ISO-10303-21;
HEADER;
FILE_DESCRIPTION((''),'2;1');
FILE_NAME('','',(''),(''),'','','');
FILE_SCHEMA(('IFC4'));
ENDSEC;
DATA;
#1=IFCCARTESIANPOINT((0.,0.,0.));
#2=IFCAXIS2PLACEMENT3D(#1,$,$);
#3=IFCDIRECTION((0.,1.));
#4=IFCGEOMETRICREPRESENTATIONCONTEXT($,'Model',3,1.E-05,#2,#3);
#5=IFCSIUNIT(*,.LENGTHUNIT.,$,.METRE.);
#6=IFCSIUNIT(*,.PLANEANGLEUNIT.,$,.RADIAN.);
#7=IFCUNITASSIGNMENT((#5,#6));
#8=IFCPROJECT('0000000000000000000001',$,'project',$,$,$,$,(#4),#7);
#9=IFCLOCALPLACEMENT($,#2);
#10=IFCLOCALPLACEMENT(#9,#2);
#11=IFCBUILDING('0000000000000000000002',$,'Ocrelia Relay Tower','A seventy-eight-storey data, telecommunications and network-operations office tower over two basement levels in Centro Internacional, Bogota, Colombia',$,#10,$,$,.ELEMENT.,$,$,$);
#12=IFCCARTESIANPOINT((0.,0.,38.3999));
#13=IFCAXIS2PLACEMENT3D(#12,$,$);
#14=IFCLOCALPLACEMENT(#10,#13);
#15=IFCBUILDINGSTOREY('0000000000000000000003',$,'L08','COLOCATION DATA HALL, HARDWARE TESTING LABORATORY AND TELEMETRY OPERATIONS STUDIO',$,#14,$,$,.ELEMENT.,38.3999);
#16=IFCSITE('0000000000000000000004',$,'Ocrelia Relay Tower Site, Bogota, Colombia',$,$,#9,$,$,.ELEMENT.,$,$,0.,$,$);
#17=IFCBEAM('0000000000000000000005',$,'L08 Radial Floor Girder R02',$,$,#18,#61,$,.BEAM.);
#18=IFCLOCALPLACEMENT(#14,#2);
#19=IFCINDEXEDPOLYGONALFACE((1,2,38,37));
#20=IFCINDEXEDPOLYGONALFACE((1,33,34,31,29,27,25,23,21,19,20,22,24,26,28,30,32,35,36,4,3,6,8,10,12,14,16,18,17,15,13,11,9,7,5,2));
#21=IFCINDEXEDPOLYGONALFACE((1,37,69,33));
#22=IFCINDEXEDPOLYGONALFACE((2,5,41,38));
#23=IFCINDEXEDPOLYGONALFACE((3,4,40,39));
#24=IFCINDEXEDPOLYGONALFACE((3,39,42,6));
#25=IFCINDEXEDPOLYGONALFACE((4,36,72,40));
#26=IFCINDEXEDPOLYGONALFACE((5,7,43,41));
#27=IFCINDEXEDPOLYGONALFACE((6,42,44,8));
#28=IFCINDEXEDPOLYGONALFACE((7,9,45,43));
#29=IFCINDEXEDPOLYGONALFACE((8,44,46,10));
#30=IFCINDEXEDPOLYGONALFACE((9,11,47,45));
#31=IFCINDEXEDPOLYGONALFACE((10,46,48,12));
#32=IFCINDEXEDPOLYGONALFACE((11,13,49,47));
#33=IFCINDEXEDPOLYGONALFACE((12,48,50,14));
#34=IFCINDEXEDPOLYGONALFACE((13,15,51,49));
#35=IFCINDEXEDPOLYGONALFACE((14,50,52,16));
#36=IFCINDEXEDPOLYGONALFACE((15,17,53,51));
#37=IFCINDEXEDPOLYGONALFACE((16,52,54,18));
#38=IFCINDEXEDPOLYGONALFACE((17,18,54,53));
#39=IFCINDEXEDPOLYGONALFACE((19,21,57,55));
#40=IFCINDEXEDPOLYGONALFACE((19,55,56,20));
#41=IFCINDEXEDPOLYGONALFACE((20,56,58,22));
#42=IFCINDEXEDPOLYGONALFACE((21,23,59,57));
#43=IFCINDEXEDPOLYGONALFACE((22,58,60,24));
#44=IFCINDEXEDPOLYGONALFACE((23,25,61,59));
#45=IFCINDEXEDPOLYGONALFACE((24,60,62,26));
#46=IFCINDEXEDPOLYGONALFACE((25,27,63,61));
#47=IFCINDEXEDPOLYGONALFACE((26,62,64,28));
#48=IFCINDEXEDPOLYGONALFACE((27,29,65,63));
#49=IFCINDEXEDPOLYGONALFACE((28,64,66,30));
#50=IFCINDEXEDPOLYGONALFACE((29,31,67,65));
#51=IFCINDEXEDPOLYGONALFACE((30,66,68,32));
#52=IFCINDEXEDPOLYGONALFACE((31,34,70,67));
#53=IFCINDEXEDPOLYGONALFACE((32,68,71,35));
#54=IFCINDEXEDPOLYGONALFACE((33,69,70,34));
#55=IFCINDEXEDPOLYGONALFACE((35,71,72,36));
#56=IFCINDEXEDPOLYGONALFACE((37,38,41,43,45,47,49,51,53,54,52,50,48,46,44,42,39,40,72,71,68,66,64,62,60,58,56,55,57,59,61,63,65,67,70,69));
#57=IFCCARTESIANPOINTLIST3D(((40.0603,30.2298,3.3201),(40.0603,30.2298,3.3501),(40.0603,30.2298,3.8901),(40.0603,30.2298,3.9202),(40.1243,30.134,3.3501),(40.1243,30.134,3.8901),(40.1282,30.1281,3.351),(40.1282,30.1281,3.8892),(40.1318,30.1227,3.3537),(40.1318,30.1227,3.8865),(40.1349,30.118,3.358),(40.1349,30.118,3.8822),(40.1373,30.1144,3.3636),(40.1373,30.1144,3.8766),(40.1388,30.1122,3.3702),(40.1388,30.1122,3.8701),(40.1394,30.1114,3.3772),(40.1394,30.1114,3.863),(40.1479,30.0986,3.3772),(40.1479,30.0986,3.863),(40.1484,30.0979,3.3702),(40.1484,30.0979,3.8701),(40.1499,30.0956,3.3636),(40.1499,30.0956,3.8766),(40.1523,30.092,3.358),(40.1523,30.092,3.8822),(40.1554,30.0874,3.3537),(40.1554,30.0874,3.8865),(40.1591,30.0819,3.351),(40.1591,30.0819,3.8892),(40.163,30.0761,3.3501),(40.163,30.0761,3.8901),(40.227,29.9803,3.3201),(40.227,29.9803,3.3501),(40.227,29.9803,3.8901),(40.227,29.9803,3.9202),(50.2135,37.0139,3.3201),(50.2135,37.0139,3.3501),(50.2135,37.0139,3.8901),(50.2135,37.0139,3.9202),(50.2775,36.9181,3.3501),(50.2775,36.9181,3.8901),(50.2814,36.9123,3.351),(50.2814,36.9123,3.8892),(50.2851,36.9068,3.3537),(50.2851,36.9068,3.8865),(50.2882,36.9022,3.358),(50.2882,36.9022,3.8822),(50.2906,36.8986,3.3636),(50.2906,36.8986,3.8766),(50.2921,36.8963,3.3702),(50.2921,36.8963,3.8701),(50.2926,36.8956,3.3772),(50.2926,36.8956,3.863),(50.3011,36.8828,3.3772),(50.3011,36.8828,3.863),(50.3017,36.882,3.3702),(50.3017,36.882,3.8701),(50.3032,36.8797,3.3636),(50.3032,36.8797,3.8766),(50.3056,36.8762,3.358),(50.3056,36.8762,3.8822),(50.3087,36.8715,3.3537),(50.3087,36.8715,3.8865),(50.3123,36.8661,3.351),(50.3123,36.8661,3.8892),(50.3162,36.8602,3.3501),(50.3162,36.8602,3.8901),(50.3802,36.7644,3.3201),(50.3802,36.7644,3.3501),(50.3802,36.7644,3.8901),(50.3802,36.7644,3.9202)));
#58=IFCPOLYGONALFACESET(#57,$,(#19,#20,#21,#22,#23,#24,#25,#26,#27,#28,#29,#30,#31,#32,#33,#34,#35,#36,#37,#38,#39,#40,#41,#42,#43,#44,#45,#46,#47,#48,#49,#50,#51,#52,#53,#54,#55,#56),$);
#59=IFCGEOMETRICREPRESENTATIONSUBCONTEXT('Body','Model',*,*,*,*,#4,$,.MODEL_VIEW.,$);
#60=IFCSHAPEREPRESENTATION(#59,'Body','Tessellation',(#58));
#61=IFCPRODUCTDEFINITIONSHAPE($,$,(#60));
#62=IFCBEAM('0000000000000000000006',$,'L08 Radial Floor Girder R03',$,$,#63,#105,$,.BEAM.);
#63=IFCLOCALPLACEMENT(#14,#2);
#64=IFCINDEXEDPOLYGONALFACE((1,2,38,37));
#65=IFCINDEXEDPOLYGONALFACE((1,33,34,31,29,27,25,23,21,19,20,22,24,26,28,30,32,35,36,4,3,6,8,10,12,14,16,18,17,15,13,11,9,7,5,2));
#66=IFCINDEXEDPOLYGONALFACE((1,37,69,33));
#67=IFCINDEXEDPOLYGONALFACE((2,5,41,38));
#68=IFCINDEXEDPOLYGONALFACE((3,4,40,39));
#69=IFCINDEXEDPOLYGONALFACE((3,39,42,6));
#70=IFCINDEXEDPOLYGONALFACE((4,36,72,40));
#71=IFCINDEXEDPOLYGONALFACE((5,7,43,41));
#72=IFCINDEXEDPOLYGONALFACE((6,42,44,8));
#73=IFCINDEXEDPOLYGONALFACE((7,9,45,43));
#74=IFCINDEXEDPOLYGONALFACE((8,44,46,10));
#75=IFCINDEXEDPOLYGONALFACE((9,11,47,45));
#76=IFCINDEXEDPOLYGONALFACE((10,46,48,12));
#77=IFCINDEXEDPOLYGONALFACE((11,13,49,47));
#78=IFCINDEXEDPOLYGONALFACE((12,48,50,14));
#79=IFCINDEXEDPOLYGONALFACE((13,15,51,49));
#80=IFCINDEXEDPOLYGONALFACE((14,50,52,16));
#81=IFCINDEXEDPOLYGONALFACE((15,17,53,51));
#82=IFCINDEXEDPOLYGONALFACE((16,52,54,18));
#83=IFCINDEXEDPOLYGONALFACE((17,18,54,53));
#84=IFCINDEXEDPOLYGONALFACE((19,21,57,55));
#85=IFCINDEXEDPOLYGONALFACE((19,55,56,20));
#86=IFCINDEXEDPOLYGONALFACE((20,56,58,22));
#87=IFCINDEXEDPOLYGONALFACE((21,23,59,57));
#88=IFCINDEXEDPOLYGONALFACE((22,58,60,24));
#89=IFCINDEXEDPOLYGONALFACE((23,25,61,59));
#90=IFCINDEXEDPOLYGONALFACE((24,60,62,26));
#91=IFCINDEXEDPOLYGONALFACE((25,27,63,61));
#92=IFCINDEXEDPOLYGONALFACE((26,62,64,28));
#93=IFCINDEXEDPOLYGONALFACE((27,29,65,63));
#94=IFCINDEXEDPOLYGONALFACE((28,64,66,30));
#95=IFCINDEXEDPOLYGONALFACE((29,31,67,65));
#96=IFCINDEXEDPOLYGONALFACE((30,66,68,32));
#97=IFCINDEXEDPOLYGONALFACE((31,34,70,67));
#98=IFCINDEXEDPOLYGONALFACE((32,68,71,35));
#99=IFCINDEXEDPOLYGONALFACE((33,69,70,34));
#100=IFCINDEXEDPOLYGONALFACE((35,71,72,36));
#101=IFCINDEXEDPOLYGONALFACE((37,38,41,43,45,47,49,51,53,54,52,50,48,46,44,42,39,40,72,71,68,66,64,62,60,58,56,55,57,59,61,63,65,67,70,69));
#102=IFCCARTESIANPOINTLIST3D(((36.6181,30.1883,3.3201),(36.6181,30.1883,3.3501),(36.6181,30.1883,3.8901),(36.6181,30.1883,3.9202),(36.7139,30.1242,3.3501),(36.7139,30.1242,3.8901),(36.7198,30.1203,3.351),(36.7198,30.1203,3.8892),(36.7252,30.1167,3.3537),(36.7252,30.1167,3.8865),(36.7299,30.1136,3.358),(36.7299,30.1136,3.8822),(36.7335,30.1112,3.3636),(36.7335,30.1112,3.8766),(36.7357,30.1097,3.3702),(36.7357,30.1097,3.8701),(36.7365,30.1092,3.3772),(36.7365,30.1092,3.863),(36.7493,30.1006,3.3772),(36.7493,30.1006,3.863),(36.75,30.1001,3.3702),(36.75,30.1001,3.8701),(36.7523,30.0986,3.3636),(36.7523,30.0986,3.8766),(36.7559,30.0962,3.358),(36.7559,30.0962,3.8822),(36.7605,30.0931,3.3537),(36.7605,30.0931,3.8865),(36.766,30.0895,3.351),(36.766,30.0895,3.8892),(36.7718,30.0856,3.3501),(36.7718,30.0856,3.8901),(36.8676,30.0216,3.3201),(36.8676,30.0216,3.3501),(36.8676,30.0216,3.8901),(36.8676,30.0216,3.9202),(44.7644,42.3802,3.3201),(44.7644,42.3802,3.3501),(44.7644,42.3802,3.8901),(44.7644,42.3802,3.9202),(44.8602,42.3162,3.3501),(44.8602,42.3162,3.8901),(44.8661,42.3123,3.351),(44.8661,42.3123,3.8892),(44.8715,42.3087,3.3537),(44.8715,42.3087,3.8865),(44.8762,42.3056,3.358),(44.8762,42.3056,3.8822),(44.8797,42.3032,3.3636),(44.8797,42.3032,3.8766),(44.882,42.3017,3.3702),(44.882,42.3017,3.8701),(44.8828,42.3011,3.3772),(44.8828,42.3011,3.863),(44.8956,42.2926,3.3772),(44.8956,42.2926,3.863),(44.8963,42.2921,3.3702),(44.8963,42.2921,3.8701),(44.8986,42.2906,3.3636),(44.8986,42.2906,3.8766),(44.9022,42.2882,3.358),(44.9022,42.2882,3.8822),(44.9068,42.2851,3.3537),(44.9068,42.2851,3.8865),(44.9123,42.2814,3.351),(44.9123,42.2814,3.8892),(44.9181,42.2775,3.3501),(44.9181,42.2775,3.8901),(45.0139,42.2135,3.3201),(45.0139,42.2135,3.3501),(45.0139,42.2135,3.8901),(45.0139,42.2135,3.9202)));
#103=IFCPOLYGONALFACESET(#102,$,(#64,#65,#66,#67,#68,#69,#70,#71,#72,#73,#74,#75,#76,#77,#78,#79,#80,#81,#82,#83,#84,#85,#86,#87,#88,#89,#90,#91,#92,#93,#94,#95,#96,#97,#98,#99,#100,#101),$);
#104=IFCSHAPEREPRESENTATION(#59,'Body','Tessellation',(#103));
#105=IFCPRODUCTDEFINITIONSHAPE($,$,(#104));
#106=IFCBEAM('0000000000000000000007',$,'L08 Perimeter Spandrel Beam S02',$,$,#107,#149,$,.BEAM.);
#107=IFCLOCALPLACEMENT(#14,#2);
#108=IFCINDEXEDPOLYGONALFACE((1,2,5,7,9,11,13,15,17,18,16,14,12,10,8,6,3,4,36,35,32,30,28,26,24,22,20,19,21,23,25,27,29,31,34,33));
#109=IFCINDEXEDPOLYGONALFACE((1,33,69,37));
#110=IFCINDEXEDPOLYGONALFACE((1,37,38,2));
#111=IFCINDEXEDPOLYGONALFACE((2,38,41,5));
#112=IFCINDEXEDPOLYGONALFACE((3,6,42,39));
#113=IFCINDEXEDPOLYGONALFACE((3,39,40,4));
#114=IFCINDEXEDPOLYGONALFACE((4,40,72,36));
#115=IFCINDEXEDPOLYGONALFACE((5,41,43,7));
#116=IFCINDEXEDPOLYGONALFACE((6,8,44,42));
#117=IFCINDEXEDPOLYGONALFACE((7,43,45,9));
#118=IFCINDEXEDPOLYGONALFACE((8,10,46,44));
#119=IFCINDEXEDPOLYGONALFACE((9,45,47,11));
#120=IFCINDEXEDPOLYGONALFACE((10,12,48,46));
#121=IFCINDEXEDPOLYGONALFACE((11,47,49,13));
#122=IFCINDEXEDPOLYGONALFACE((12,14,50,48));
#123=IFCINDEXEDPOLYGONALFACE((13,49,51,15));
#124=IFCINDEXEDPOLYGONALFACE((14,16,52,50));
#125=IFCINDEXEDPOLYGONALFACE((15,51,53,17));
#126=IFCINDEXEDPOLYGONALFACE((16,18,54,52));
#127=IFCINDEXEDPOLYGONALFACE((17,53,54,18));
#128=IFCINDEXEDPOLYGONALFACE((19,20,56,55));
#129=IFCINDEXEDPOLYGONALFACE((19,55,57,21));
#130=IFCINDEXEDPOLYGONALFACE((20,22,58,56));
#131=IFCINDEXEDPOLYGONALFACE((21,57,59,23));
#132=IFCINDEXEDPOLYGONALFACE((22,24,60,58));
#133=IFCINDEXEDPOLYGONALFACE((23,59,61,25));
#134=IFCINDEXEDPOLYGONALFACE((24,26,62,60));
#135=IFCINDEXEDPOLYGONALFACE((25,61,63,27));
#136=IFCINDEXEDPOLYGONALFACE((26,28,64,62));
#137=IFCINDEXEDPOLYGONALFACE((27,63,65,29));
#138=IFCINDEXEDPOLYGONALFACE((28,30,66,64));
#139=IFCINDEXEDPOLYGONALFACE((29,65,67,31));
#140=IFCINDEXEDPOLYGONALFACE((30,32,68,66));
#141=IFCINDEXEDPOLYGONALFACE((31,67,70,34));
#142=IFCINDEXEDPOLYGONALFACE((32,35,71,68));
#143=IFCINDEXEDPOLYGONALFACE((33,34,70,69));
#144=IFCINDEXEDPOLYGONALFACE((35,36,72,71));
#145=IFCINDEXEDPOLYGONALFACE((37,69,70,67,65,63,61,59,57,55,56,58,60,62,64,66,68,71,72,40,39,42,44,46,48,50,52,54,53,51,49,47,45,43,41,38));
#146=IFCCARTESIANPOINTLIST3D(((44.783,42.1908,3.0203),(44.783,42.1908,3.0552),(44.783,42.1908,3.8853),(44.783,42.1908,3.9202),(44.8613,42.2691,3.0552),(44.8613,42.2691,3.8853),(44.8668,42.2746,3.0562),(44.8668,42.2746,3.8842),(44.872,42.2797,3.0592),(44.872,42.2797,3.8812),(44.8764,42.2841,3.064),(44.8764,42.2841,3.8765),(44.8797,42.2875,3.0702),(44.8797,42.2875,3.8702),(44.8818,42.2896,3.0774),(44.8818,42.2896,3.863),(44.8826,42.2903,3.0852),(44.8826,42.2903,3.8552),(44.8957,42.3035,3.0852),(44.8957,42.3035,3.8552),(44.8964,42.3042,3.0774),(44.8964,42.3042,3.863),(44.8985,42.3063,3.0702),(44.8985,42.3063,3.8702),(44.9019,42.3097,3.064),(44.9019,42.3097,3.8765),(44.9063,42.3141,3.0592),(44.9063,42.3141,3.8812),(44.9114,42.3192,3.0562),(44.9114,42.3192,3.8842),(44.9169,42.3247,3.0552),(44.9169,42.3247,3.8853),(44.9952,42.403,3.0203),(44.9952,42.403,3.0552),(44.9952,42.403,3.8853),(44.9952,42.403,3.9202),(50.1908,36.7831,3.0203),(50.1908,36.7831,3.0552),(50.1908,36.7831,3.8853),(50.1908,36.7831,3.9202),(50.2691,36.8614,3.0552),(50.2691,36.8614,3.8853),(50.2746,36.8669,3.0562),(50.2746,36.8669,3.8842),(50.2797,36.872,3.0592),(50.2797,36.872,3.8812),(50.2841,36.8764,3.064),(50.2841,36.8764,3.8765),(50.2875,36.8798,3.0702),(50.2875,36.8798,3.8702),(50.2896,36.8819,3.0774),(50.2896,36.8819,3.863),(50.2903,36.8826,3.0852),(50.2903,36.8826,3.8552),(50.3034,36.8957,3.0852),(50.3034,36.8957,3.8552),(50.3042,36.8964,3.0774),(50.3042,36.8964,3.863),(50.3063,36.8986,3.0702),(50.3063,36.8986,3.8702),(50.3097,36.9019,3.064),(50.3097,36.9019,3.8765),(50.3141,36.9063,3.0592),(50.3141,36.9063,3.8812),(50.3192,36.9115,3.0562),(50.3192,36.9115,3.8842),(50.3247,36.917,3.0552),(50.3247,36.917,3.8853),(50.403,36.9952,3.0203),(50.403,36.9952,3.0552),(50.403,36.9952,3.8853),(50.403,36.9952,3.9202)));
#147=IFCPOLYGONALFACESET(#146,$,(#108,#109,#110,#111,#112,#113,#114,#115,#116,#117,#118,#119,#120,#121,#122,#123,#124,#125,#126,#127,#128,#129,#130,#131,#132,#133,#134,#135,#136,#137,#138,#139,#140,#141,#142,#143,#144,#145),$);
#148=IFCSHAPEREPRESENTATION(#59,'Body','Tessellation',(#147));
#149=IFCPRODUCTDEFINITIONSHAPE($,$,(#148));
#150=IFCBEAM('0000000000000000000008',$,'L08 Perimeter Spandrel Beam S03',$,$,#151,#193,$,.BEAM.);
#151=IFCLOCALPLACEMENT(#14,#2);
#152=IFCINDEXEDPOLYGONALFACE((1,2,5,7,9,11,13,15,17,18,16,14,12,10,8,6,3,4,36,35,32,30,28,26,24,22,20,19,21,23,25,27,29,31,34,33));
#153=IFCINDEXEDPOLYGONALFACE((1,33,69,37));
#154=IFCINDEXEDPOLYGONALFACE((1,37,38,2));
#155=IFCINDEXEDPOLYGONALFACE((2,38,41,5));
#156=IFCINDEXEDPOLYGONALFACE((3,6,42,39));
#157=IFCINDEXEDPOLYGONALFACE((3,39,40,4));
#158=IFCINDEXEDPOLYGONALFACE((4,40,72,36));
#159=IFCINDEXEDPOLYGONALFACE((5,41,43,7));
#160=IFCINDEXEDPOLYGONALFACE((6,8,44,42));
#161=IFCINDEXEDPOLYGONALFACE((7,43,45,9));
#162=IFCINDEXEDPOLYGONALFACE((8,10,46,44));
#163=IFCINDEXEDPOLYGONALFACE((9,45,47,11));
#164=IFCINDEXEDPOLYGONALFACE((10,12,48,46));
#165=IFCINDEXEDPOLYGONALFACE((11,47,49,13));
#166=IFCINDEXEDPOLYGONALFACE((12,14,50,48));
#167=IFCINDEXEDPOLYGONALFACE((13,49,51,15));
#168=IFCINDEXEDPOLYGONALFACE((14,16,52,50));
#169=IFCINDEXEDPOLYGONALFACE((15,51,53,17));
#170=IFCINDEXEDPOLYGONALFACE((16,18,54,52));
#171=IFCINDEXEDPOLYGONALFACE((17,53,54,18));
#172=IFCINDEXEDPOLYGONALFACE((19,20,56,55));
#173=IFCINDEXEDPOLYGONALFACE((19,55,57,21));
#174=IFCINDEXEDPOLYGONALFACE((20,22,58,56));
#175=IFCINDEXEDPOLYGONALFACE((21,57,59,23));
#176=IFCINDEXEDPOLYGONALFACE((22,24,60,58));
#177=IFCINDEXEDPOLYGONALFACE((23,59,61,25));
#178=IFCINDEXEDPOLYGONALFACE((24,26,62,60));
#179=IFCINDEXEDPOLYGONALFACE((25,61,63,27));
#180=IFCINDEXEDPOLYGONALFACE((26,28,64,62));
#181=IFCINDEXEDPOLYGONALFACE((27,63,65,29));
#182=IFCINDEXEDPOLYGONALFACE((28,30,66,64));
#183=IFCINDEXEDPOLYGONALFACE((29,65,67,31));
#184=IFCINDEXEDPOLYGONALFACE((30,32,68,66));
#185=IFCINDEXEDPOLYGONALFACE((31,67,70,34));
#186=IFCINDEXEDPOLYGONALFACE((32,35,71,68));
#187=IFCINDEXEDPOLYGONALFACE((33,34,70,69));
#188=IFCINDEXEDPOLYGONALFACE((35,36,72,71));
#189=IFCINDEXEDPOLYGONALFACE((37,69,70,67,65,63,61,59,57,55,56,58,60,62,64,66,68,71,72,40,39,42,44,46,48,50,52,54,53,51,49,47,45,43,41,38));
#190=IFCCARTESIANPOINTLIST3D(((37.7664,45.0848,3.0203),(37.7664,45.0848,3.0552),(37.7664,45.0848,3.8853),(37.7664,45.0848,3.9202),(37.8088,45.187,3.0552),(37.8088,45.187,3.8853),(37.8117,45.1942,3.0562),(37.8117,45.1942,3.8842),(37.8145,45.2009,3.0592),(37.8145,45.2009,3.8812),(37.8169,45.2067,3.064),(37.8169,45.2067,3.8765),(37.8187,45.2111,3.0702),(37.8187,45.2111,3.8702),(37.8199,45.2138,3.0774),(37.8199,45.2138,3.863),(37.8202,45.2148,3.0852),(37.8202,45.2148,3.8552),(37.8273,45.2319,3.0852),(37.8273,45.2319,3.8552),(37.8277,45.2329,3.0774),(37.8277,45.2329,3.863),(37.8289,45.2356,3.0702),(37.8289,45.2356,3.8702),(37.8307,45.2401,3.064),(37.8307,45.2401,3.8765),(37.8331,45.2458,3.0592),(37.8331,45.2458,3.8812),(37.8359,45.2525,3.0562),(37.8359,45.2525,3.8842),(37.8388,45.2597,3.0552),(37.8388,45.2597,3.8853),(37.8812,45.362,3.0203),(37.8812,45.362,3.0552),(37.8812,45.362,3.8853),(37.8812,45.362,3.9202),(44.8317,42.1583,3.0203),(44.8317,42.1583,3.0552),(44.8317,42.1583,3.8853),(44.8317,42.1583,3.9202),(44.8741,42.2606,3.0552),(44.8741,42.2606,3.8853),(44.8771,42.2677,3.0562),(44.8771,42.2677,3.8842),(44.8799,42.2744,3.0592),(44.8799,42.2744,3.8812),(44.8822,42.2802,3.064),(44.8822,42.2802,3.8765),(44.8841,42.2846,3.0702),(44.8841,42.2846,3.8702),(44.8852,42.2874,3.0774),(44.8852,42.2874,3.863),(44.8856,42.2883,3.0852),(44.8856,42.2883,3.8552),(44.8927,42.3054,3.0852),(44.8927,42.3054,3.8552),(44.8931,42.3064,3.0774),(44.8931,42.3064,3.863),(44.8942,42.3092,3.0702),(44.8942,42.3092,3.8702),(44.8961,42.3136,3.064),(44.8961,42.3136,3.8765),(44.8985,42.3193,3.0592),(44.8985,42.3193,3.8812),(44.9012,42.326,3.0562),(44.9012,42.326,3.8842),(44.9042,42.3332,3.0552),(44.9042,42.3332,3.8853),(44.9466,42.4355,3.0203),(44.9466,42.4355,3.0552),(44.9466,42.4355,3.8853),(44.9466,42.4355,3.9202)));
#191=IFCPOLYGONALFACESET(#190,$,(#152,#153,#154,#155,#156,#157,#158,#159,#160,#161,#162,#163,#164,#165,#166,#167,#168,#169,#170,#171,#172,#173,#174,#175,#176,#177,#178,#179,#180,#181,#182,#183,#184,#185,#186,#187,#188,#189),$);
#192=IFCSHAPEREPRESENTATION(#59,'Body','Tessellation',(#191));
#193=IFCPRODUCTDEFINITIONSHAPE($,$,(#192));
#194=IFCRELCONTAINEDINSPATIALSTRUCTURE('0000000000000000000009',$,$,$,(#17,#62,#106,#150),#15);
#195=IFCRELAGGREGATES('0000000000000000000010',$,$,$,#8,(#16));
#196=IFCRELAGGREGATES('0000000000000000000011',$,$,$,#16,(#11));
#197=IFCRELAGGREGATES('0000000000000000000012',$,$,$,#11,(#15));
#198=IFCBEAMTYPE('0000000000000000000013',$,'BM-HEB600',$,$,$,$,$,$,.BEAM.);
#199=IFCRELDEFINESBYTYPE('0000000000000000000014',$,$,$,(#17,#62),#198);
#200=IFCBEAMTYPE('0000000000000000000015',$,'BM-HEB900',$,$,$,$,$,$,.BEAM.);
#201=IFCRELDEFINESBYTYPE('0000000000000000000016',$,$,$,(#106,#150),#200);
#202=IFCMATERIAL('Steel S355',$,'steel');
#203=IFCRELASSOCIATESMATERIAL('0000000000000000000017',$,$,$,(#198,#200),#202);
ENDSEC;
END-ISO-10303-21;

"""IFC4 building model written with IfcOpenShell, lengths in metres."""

from ifc_helpers import new_model, si_unit, direction, frame, origin, origin_2d, place, context, subcontext, project, spatial, i_section, extrude, material, material_profile, profile_set, type_object, element, save


model = new_model("IFC4")

# Units and contexts
model_context = context("Model", 3, precision=1e-05, world=origin(), true_north=direction((0.0, 1.0)))
body_context = subcontext(model_context, "Body", "Model", "MODEL_VIEW")
ifc_project = project(units=[si_unit("LENGTHUNIT", "METRE"), si_unit("PLANEANGLEUNIT", "RADIAN")], contexts=[model_context])

# Site, building, storey
site_placement = place(None, origin())
site = spatial("IfcSite", under=ifc_project, at=site_placement, Name="Ocrelia Relay Tower Site, Bogota, Colombia", CompositionType="ELEMENT", RefElevation=0.0)
building_placement = place(site_placement, origin())
building = spatial("IfcBuilding", under=site, at=building_placement, Name="Ocrelia Relay Tower", Description="A seventy-eight-storey data, telecommunications and network-operations office tower over two basement levels in Centro Internacional, Bogota, Colombia", CompositionType="ELEMENT")
storey_placement = place(building_placement, frame((0.0, 0.0, 38.3999)))
storey = spatial("IfcBuildingStorey", under=building, at=storey_placement, Name="L08", Description="COLOCATION DATA HALL, HARDWARE TESTING LABORATORY AND TELEMETRY OPERATIONS STUDIO", CompositionType="ELEMENT", Elevation=38.3999)

# Beams
ifc_material_1 = material(Name="Steel S355", Category="steel")
ifc_material_profile_1 = material_profile(ifc_material_1, i_section(OverallWidth=0.3, OverallDepth=0.6001, WebThickness=0.0154, FlangeThickness=0.03, FilletRadius=0.0271, at=origin_2d()), Name="HEB 600")
ifc_profile_set_1 = profile_set([ifc_material_profile_1], Name="Steel S355")
beam_type_1 = type_object("IfcBeamType", Name="BM-HEB600", PredefinedType="BEAM", material=ifc_profile_set_1)
beam_1_placement = place(storey_placement, frame((50.2969, 36.8892, 3.6201), z_axis=(-0.831472, -0.555567, 0.0), x_axis=(0.555567, -0.831472, 0.0)))
element("IfcBeam", 1, at=beam_1_placement, inside=storey, type_object=beam_type_1, Name="L08 Radial Floor Girder R02", PredefinedType="BEAM", context=body_context, shape_type="SweptSolid", body=[
    extrude(i_section(OverallWidth=0.3, OverallDepth=0.6001, WebThickness=0.0154, FlangeThickness=0.03, FilletRadius=0.0271, at=origin_2d()), origin(), (0.0, 0.0, 1.0), 12.2112),
])
beam_2_placement = place(storey_placement, frame((44.8892, 42.2969, 3.6201), z_axis=(-0.555564, -0.831473, 0.0), x_axis=(0.831473, -0.555564, 0.0)))
element("IfcBeam", 2, at=beam_2_placement, inside=storey, type_object=beam_type_1, Name="L08 Radial Floor Girder R03", PredefinedType="BEAM", context=body_context, shape_type="SweptSolid", body=[
    extrude(i_section(OverallWidth=0.3, OverallDepth=0.6001, WebThickness=0.0154, FlangeThickness=0.03, FilletRadius=0.0271, at=origin_2d()), origin(), (0.0, 0.0, 1.0), 14.6631),
])
ifc_material_profile_2 = material_profile(ifc_material_1, i_section(OverallWidth=0.3, OverallDepth=0.8999, WebThickness=0.0186, FlangeThickness=0.0349, FilletRadius=0.03, at=origin_2d()), Name="HEB 900")
ifc_profile_set_2 = profile_set([ifc_material_profile_2], Name="Steel S355")
beam_type_2 = type_object("IfcBeamType", Name="BM-HEB900", PredefinedType="BEAM", material=ifc_profile_set_2)
beam_3_placement = place(storey_placement, frame((50.2969, 36.8892, 3.4702), z_axis=(-0.707107, 0.707107, 0.0), x_axis=(-0.707107, -0.707107, 0.0)))
element("IfcBeam", 3, at=beam_3_placement, inside=storey, type_object=beam_type_2, Name="L08 Perimeter Spandrel Beam S02", PredefinedType="BEAM", context=body_context, shape_type="SweptSolid", body=[
    extrude(i_section(OverallWidth=0.3, OverallDepth=0.8999, WebThickness=0.0186, FlangeThickness=0.0349, FilletRadius=0.03, at=origin_2d()), origin(), (0.0, 0.0, 1.0), 7.6477),
])
beam_4_placement = place(storey_placement, frame((44.8892, 42.2969, 3.4702), z_axis=(-0.923883, 0.382674, 0.0), x_axis=(-0.382674, -0.923883, 0.0)))
element("IfcBeam", 4, at=beam_4_placement, inside=storey, type_object=beam_type_2, Name="L08 Perimeter Spandrel Beam S03", PredefinedType="BEAM", context=body_context, shape_type="SweptSolid", body=[
    extrude(i_section(OverallWidth=0.3, OverallDepth=0.8999, WebThickness=0.0186, FlangeThickness=0.0349, FilletRadius=0.03, at=origin_2d()), origin(), (0.0, 0.0, 1.0), 7.6475),
])

save(model, "model.ifc")
